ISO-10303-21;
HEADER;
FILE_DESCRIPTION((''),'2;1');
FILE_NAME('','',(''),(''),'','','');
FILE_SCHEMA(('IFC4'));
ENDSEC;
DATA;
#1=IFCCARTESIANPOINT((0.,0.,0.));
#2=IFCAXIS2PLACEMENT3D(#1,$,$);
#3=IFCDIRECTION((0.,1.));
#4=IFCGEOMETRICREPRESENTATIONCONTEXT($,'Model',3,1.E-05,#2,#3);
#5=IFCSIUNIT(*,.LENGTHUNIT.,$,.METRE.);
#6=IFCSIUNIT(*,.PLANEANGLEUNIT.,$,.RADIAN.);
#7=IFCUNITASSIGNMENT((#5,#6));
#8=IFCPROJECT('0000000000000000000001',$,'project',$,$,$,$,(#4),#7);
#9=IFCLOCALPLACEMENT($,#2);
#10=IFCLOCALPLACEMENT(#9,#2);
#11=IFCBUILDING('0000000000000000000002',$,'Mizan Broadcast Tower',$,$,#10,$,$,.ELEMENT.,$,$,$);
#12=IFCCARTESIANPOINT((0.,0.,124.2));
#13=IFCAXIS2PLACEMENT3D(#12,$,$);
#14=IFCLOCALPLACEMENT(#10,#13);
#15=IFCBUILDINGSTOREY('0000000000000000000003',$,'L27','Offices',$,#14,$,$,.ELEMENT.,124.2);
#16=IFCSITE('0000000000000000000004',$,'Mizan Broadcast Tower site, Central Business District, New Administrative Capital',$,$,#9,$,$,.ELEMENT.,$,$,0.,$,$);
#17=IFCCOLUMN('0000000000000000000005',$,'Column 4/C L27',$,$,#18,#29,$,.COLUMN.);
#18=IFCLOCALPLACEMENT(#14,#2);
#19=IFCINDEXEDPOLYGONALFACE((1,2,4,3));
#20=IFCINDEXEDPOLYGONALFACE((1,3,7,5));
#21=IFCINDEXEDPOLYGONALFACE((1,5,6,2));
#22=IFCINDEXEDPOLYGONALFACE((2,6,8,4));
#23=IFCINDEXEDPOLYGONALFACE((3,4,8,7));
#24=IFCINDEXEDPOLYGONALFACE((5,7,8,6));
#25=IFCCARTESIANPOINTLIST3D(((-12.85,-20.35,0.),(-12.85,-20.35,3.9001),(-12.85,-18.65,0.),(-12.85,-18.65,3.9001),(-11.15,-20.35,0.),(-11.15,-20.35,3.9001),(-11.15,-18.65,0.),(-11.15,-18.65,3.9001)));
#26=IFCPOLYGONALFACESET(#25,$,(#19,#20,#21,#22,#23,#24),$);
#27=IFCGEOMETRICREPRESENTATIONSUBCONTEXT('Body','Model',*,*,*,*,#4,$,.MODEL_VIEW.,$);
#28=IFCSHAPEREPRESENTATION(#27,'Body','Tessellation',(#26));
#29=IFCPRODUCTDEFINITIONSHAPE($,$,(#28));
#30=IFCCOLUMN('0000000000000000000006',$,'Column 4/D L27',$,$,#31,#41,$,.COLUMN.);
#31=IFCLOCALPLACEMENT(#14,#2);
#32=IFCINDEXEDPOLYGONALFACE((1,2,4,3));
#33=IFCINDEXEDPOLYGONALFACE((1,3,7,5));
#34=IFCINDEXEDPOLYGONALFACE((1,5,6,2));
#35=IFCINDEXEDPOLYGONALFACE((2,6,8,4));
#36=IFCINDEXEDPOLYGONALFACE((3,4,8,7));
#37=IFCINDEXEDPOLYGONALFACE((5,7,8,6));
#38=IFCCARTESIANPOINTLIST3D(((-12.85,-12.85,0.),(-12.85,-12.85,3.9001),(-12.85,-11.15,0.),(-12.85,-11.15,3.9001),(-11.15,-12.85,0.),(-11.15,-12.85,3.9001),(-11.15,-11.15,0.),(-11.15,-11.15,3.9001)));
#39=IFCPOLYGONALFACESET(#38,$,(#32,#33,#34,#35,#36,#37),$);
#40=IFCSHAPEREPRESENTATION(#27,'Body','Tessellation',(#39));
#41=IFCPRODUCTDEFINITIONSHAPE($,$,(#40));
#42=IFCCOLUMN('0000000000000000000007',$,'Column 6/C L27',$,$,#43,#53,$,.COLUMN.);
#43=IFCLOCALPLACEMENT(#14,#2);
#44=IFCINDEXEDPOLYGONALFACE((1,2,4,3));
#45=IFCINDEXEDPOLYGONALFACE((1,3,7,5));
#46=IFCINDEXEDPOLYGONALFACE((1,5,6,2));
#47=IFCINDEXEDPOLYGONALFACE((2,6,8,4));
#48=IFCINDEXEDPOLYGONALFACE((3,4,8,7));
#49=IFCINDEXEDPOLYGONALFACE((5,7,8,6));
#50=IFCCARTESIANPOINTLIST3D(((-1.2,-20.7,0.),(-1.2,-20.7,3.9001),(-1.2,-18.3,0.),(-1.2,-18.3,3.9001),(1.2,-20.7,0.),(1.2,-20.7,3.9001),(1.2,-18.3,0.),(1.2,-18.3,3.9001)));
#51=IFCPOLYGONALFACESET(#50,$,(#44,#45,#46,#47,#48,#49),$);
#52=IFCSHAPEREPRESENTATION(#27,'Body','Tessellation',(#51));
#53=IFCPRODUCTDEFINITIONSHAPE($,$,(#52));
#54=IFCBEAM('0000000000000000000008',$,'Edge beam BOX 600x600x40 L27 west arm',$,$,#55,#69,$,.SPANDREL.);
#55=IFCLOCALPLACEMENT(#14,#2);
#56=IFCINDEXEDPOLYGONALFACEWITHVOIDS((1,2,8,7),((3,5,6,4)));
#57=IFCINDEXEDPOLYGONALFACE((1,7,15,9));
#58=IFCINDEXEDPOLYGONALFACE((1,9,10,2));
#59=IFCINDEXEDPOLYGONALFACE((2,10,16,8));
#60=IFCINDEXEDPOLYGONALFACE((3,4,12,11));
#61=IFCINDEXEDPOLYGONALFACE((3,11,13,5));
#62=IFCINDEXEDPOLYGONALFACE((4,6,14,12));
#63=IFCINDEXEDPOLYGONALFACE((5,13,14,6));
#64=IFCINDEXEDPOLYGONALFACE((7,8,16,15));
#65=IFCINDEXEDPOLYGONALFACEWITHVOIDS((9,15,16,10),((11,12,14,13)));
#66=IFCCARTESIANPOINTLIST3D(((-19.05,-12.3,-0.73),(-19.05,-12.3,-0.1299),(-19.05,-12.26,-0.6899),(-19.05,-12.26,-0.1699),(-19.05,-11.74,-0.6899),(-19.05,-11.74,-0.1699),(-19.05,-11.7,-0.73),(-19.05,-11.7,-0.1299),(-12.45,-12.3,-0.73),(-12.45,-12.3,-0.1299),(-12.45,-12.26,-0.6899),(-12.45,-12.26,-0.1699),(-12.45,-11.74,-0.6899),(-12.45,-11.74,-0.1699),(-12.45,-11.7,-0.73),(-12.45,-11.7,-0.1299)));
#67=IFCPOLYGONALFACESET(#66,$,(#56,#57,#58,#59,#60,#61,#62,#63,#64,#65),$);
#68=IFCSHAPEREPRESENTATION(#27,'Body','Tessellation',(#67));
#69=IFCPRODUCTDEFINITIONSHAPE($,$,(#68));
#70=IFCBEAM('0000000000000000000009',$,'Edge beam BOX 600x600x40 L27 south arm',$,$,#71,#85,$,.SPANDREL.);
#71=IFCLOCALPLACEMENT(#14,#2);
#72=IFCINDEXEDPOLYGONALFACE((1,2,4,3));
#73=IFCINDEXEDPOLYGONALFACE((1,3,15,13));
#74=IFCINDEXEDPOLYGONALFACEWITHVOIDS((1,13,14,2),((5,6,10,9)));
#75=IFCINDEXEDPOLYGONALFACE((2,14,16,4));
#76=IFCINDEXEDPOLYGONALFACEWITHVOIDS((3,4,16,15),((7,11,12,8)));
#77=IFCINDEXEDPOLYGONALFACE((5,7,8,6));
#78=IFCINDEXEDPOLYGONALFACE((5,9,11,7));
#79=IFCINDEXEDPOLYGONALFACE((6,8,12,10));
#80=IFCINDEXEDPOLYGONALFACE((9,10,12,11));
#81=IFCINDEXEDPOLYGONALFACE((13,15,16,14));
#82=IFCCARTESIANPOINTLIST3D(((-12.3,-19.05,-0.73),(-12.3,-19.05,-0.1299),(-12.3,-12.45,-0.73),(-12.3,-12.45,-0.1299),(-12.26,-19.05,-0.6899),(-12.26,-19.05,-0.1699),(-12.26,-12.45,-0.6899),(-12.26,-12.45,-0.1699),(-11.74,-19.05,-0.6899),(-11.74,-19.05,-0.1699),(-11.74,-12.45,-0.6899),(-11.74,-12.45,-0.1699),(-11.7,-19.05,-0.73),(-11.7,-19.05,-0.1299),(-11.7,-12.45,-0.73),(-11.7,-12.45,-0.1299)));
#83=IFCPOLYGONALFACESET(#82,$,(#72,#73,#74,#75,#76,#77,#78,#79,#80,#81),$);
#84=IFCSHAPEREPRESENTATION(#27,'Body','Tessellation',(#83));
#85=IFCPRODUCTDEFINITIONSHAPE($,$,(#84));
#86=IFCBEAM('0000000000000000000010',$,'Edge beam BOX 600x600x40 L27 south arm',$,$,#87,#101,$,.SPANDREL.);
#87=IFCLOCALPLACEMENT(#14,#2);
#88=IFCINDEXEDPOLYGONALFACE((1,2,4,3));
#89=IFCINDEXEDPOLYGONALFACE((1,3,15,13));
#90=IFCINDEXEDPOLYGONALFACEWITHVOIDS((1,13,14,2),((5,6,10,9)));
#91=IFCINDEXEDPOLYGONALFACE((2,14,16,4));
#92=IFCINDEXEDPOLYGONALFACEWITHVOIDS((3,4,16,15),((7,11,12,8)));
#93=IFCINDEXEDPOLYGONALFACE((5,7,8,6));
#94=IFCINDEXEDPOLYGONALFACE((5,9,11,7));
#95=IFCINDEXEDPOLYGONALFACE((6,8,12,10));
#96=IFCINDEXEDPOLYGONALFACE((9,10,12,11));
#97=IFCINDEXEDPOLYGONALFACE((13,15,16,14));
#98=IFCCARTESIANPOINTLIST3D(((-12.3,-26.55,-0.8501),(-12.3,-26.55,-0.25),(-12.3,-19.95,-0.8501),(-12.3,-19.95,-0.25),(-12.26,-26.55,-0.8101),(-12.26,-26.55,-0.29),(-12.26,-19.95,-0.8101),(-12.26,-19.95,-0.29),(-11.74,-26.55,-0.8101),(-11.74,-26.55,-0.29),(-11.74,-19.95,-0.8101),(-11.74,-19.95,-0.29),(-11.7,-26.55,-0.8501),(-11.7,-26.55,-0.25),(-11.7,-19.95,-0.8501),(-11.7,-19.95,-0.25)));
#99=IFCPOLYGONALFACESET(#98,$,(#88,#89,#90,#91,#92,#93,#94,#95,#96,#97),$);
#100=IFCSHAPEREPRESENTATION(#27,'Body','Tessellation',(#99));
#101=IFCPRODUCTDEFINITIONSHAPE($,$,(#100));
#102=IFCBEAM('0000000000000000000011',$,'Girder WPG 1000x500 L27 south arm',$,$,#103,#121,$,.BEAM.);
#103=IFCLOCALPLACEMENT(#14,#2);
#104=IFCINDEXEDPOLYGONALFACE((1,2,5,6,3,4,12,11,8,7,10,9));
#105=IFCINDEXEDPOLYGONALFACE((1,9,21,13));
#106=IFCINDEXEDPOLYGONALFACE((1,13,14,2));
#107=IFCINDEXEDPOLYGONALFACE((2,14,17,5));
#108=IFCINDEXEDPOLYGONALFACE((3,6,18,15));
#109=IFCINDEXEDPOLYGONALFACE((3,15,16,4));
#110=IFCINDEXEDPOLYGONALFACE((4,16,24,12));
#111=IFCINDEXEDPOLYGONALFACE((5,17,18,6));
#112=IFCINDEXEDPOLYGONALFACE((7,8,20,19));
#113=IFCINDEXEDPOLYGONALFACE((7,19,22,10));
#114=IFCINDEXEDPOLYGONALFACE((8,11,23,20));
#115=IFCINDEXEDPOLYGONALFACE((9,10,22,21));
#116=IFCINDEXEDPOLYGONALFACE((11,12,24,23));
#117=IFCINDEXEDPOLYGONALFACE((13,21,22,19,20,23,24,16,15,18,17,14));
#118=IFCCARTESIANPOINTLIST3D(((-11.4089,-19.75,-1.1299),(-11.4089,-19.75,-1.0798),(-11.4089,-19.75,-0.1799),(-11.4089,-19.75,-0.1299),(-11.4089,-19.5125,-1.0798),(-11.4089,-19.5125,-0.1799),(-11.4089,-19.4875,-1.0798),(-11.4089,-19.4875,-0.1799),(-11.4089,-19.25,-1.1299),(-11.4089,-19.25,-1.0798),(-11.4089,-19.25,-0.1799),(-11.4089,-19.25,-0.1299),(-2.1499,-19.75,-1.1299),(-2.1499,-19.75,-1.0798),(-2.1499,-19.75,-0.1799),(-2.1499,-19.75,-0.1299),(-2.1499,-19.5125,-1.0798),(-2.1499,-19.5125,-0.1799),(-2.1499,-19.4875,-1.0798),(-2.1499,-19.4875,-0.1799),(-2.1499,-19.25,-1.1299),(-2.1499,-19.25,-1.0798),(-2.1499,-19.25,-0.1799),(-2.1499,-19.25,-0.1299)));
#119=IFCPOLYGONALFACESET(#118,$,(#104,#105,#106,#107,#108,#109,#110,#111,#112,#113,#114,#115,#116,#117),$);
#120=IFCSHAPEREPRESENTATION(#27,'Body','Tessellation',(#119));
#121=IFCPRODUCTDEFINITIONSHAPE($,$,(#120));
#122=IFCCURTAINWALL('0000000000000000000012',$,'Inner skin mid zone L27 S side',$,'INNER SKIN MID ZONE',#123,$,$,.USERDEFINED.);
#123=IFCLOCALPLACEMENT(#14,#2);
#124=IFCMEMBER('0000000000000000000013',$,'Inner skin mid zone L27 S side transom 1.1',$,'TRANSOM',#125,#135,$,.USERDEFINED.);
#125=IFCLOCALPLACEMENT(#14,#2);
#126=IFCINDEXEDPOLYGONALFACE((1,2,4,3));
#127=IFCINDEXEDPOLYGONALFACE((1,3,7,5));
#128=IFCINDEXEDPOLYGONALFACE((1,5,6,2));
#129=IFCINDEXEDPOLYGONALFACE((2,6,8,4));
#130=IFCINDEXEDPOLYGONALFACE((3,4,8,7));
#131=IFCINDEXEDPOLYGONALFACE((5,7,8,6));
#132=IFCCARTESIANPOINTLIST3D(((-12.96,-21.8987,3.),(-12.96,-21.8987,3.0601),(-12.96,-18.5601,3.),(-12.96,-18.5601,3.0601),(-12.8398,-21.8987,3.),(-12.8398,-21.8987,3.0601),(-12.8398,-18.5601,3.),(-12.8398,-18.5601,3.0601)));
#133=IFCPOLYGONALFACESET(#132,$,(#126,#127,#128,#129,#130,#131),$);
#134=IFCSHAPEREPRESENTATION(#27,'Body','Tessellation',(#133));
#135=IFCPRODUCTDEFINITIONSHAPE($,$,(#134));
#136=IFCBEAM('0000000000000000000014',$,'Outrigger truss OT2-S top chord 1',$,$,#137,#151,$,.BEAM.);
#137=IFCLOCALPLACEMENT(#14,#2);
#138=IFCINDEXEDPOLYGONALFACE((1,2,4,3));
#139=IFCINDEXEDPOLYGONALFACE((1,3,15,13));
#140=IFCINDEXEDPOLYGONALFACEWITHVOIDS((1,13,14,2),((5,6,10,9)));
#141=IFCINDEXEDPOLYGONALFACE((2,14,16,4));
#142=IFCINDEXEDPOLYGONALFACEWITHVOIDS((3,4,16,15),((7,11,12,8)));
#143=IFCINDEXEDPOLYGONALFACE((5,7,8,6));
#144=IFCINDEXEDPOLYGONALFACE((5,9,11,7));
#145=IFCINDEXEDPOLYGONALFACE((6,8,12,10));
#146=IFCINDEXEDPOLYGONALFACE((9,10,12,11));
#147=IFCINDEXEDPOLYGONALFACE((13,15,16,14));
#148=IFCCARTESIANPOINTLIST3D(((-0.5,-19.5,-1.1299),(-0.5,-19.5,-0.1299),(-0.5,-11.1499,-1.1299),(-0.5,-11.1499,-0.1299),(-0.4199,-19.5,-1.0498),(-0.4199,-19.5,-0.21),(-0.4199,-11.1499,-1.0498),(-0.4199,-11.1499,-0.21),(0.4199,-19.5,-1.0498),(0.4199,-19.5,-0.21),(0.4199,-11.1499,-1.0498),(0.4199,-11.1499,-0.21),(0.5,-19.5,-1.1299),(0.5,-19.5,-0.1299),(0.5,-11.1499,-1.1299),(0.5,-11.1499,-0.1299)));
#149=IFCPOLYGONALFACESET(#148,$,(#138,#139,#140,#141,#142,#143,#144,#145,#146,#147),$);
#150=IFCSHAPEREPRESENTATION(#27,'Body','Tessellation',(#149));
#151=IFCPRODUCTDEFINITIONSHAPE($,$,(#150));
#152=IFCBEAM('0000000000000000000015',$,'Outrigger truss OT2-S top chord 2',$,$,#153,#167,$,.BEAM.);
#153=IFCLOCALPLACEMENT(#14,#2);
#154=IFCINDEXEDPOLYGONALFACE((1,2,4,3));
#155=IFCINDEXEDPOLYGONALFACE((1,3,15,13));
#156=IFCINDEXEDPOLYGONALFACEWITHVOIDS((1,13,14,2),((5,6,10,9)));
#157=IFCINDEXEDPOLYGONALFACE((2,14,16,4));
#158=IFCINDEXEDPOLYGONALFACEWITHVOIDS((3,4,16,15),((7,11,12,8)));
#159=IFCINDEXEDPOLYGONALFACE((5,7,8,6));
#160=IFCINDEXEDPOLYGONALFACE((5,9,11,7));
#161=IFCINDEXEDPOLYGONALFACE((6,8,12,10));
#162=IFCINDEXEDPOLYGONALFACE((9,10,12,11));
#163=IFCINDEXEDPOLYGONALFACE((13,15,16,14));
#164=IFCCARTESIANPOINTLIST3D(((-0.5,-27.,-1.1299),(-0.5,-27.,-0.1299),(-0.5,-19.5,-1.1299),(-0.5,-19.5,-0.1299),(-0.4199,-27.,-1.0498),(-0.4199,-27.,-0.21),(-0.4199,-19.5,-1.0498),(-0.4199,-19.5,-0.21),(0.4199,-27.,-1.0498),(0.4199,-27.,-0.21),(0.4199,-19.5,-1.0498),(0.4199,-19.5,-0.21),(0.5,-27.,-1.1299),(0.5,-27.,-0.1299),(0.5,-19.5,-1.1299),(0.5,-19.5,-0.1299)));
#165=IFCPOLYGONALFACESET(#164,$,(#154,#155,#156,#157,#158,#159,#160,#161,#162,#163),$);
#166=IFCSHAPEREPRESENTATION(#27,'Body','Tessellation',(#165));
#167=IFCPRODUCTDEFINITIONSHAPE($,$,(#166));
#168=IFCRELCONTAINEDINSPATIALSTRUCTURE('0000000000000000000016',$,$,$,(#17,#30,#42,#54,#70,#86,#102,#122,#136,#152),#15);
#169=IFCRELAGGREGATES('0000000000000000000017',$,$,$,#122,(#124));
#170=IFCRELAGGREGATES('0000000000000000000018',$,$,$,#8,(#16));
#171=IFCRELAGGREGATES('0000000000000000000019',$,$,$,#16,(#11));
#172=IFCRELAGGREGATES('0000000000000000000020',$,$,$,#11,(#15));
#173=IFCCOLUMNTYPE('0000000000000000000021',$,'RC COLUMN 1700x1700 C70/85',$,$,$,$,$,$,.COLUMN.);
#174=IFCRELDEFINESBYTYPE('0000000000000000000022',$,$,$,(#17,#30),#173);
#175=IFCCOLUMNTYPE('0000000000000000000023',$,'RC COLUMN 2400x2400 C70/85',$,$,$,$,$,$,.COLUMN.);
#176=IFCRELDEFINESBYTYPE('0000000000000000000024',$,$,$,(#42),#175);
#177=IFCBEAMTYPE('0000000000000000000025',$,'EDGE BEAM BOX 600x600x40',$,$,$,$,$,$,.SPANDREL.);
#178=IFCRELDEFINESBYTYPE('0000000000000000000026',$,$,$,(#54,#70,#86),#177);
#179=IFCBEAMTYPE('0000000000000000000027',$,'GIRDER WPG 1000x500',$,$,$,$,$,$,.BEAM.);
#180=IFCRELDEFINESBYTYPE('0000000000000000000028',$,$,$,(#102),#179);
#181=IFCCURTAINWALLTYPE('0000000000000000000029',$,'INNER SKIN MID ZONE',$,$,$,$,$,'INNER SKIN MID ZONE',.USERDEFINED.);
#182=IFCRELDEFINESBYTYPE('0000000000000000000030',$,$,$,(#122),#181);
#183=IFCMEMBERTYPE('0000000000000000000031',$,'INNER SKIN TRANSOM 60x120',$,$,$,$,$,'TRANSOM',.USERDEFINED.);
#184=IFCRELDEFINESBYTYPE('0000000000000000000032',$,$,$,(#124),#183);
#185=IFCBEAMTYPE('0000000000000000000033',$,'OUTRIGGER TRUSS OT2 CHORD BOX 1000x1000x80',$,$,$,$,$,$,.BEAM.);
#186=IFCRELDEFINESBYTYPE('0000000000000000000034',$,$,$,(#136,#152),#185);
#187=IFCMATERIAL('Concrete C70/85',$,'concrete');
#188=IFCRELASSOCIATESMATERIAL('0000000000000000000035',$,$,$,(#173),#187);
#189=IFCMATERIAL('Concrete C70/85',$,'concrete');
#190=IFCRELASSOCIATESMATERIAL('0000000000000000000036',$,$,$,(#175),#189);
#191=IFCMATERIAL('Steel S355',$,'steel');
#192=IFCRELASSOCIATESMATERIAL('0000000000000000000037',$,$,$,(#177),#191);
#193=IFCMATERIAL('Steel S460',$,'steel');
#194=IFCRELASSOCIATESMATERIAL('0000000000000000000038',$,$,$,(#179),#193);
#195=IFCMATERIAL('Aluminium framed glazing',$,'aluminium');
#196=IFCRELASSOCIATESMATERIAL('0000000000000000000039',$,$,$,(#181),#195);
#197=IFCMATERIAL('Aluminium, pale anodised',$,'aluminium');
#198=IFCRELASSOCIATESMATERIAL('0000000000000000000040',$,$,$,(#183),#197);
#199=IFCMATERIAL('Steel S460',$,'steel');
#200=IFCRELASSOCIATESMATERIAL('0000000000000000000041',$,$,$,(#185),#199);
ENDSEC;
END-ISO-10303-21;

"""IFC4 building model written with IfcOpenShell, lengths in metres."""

from ifc_helpers import new_model, si_unit, direction, frame, origin, origin_2d, place, context, subcontext, project, spatial, rectangle, hollow_rectangle, i_section, extrude, material, material_profile, profile_set, type_object, element, aggregate, save


model = new_model("IFC4")

# Units and contexts
model_context = context("Model", 3, precision=1e-05, world=origin(), true_north=direction((0.0, 1.0)))
body_context = subcontext(model_context, "Body", "Model", "MODEL_VIEW")
ifc_project = project(units=[si_unit("LENGTHUNIT", "METRE"), si_unit("PLANEANGLEUNIT", "RADIAN")], contexts=[model_context])

# Site, building, storey
site_placement = place(None, origin())
site = spatial("IfcSite", under=ifc_project, at=site_placement, Name="Mizan Broadcast Tower site, Central Business District, New Administrative Capital", CompositionType="ELEMENT", RefElevation=0.0)
building_placement = place(site_placement, origin())
building = spatial("IfcBuilding", under=site, at=building_placement, Name="Mizan Broadcast Tower", CompositionType="ELEMENT")
storey_placement = place(building_placement, frame((0.0, 0.0, 124.2)))
storey = spatial("IfcBuildingStorey", under=building, at=storey_placement, Name="L27", Description="Offices", CompositionType="ELEMENT", Elevation=124.2)

# Columns
ifc_material_1 = material(Name="Concrete C70/85", Category="concrete")
ifc_material_profile_1 = material_profile(ifc_material_1, rectangle(XDim=1.7, YDim=1.7, at=origin_2d()), Name="RC 1700x1700")
ifc_profile_set_1 = profile_set([ifc_material_profile_1], Name="Concrete C70/85")
column_type_1 = type_object("IfcColumnType", Name="RC COLUMN 1700x1700 C70/85", PredefinedType="COLUMN", material=ifc_profile_set_1)
for number, where, z_axis, x_axis, name in (
    (1, (-12.0, -19.5, 0.0), (0.0, 0.0, 1.0), (1.0, 0.0, 0.0), "Column 4/C L27"),
    (2, (-12.0, -12.0, 0.0), (0.0, 0.0, 1.0), (1.0, 0.0, 0.0), "Column 4/D L27"),
):
    element("IfcColumn", number, at=place(storey_placement, frame(where, z_axis=z_axis, x_axis=x_axis)), inside=storey, type_object=column_type_1, Name=name, PredefinedType="COLUMN", context=body_context, shape_type="SweptSolid", body=[
        extrude(rectangle(XDim=1.7, YDim=1.7, at=origin_2d()), origin(), (0.0, 0.0, 1.0), 3.9001),
    ])
ifc_material_2 = material(Name="Concrete C70/85", Category="concrete")
ifc_material_profile_2 = material_profile(ifc_material_2, rectangle(XDim=2.3999, YDim=2.3999, at=origin_2d()), Name="RC 2400x2400")
ifc_profile_set_2 = profile_set([ifc_material_profile_2], Name="Concrete C70/85")
column_type_2 = type_object("IfcColumnType", Name="RC COLUMN 2400x2400 C70/85", PredefinedType="COLUMN", material=ifc_profile_set_2)
column_placement = place(storey_placement, frame((0.0, -19.5, 0.0), z_axis=(0.0, 0.0, 1.0), x_axis=(1.0, 0.0, 0.0)))
element("IfcColumn", 3, at=column_placement, inside=storey, type_object=column_type_2, Name="Column 6/C L27", PredefinedType="COLUMN", context=body_context, shape_type="SweptSolid", body=[
    extrude(rectangle(XDim=2.3999, YDim=2.3999, at=origin_2d()), origin(), (0.0, 0.0, 1.0), 3.9001),
])

# Beams
ifc_material_3 = material(Name="Steel S355", Category="steel")
ifc_material_profile_3 = material_profile(ifc_material_3, hollow_rectangle(XDim=0.6001, YDim=0.6001, WallThickness=0.04, at=origin_2d()), Name="BOX 600x600x40")
ifc_profile_set_3 = profile_set([ifc_material_profile_3], Name="Steel S355")
beam_type_1 = type_object("IfcBeamType", Name="EDGE BEAM BOX 600x600x40", PredefinedType="SPANDREL", material=ifc_profile_set_3)
for number, where, z_axis, x_axis, name in (
    (4, (-12.45, -12.0, -0.4299), (-1.0, 0.0, 0.0), (0.0, -1.0, 0.0), "Edge beam BOX 600x600x40 L27 west arm"),
    (5, (-12.0, -12.45, -0.4299), (0.0, -1.0, 0.0), (1.0, 0.0, 0.0), "Edge beam BOX 600x600x40 L27 south arm"),
    (6, (-12.0, -19.95, -0.55), (0.0, -1.0, 0.0), (1.0, 0.0, 0.0), "Edge beam BOX 600x600x40 L27 south arm"),
):
    element("IfcBeam", number, at=place(storey_placement, frame(where, z_axis=z_axis, x_axis=x_axis)), inside=storey, type_object=beam_type_1, Name=name, PredefinedType="SPANDREL", context=body_context, shape_type="SweptSolid", body=[
        extrude(hollow_rectangle(XDim=0.6001, YDim=0.6001, WallThickness=0.04, at=origin_2d()), origin(), (0.0, 0.0, 1.0), 6.6001),
    ])
ifc_material_4 = material(Name="Steel S460", Category="steel")
ifc_material_profile_4 = material_profile(ifc_material_4, i_section(OverallWidth=0.5, OverallDepth=1.0, WebThickness=0.0249, FlangeThickness=0.05, at=origin_2d()), Name="WPG 1000x500")
ifc_profile_set_4 = profile_set([ifc_material_profile_4], Name="Steel S460")
beam_type_2 = type_object("IfcBeamType", Name="GIRDER WPG 1000x500", PredefinedType="BEAM", material=ifc_profile_set_4)
beam_1_placement = place(storey_placement, frame((-11.4089, -19.5, -0.6299), z_axis=(1.0, 0.0, 0.0), x_axis=(0.0, 1.0, 0.0)))
element("IfcBeam", 7, at=beam_1_placement, inside=storey, type_object=beam_type_2, Name="Girder WPG 1000x500 L27 south arm", PredefinedType="BEAM", context=body_context, shape_type="SweptSolid", body=[
    extrude(i_section(OverallWidth=0.5, OverallDepth=1.0, WebThickness=0.0249, FlangeThickness=0.05, at=origin_2d()), origin(), (0.0, 0.0, 1.0), 9.259),
])

# Curtain wall, member
ifc_material_5 = material(Name="Aluminium framed glazing", Category="aluminium")
curtain_wall_type = type_object("IfcCurtainWallType", Name="INNER SKIN MID ZONE", ElementType="INNER SKIN MID ZONE", PredefinedType="USERDEFINED", material=ifc_material_5)
curtain_wall_placement = place(storey_placement, origin())
curtain_wall = element("IfcCurtainWall", 8, at=curtain_wall_placement, inside=storey, type_object=curtain_wall_type, Name="Inner skin mid zone L27 S side", ObjectType="INNER SKIN MID ZONE", PredefinedType="USERDEFINED")
ifc_material_6 = material(Name="Aluminium, pale anodised", Category="aluminium")
ifc_material_profile_5 = material_profile(ifc_material_6, rectangle(XDim=0.1201, YDim=0.0601, at=origin_2d()), Name="TRANSOM 120x60")
ifc_profile_set_5 = profile_set([ifc_material_profile_5], Name="Aluminium, pale anodised")
member_type = type_object("IfcMemberType", Name="INNER SKIN TRANSOM 60x120", ElementType="TRANSOM", PredefinedType="USERDEFINED", material=ifc_profile_set_5)
member_placement = place(storey_placement, frame((-12.8999, -18.5601, 3.03), z_axis=(0.0, -1.0, 0.0), x_axis=(1.0, 0.0, 0.0)))
member = element("IfcMember", 9, at=member_placement, type_object=member_type, Name="Inner skin mid zone L27 S side transom 1.1", ObjectType="TRANSOM", PredefinedType="USERDEFINED", context=body_context, shape_type="SweptSolid", body=[
    extrude(rectangle(XDim=0.1201, YDim=0.0601, at=origin_2d()), origin(), (0.0, 0.0, 1.0), 3.3386),
])

# Beams
ifc_material_7 = material(Name="Steel S460", Category="steel")
ifc_material_profile_6 = material_profile(ifc_material_7, hollow_rectangle(XDim=1.0, YDim=1.0, WallThickness=0.0801, at=origin_2d()), Name="BOX 1000x1000x80")
ifc_profile_set_6 = profile_set([ifc_material_profile_6], Name="Steel S460")
beam_type_3 = type_object("IfcBeamType", Name="OUTRIGGER TRUSS OT2 CHORD BOX 1000x1000x80", PredefinedType="BEAM", material=ifc_profile_set_6)
beam_2_placement = place(storey_placement, frame((0.0, -11.1499, -0.6299), z_axis=(0.0, -1.0, 0.0), x_axis=(1.0, 0.0, 0.0)))
element("IfcBeam", 10, at=beam_2_placement, inside=storey, type_object=beam_type_3, Name="Outrigger truss OT2-S top chord 1", PredefinedType="BEAM", context=body_context, shape_type="SweptSolid", body=[
    extrude(hollow_rectangle(XDim=1.0, YDim=1.0, WallThickness=0.0801, at=origin_2d()), origin(), (0.0, 0.0, 1.0), 8.3501),
])
beam_3_placement = place(storey_placement, frame((0.0, -19.5, -0.6299), z_axis=(0.0, -1.0, 0.0), x_axis=(1.0, 0.0, 0.0)))
element("IfcBeam", 11, at=beam_3_placement, inside=storey, type_object=beam_type_3, Name="Outrigger truss OT2-S top chord 2", PredefinedType="BEAM", context=body_context, shape_type="SweptSolid", body=[
    extrude(hollow_rectangle(XDim=1.0, YDim=1.0, WallThickness=0.0801, at=origin_2d()), origin(), (0.0, 0.0, 1.0), 7.5),
])

aggregate(curtain_wall, [member])

save(model, "model.ifc")
